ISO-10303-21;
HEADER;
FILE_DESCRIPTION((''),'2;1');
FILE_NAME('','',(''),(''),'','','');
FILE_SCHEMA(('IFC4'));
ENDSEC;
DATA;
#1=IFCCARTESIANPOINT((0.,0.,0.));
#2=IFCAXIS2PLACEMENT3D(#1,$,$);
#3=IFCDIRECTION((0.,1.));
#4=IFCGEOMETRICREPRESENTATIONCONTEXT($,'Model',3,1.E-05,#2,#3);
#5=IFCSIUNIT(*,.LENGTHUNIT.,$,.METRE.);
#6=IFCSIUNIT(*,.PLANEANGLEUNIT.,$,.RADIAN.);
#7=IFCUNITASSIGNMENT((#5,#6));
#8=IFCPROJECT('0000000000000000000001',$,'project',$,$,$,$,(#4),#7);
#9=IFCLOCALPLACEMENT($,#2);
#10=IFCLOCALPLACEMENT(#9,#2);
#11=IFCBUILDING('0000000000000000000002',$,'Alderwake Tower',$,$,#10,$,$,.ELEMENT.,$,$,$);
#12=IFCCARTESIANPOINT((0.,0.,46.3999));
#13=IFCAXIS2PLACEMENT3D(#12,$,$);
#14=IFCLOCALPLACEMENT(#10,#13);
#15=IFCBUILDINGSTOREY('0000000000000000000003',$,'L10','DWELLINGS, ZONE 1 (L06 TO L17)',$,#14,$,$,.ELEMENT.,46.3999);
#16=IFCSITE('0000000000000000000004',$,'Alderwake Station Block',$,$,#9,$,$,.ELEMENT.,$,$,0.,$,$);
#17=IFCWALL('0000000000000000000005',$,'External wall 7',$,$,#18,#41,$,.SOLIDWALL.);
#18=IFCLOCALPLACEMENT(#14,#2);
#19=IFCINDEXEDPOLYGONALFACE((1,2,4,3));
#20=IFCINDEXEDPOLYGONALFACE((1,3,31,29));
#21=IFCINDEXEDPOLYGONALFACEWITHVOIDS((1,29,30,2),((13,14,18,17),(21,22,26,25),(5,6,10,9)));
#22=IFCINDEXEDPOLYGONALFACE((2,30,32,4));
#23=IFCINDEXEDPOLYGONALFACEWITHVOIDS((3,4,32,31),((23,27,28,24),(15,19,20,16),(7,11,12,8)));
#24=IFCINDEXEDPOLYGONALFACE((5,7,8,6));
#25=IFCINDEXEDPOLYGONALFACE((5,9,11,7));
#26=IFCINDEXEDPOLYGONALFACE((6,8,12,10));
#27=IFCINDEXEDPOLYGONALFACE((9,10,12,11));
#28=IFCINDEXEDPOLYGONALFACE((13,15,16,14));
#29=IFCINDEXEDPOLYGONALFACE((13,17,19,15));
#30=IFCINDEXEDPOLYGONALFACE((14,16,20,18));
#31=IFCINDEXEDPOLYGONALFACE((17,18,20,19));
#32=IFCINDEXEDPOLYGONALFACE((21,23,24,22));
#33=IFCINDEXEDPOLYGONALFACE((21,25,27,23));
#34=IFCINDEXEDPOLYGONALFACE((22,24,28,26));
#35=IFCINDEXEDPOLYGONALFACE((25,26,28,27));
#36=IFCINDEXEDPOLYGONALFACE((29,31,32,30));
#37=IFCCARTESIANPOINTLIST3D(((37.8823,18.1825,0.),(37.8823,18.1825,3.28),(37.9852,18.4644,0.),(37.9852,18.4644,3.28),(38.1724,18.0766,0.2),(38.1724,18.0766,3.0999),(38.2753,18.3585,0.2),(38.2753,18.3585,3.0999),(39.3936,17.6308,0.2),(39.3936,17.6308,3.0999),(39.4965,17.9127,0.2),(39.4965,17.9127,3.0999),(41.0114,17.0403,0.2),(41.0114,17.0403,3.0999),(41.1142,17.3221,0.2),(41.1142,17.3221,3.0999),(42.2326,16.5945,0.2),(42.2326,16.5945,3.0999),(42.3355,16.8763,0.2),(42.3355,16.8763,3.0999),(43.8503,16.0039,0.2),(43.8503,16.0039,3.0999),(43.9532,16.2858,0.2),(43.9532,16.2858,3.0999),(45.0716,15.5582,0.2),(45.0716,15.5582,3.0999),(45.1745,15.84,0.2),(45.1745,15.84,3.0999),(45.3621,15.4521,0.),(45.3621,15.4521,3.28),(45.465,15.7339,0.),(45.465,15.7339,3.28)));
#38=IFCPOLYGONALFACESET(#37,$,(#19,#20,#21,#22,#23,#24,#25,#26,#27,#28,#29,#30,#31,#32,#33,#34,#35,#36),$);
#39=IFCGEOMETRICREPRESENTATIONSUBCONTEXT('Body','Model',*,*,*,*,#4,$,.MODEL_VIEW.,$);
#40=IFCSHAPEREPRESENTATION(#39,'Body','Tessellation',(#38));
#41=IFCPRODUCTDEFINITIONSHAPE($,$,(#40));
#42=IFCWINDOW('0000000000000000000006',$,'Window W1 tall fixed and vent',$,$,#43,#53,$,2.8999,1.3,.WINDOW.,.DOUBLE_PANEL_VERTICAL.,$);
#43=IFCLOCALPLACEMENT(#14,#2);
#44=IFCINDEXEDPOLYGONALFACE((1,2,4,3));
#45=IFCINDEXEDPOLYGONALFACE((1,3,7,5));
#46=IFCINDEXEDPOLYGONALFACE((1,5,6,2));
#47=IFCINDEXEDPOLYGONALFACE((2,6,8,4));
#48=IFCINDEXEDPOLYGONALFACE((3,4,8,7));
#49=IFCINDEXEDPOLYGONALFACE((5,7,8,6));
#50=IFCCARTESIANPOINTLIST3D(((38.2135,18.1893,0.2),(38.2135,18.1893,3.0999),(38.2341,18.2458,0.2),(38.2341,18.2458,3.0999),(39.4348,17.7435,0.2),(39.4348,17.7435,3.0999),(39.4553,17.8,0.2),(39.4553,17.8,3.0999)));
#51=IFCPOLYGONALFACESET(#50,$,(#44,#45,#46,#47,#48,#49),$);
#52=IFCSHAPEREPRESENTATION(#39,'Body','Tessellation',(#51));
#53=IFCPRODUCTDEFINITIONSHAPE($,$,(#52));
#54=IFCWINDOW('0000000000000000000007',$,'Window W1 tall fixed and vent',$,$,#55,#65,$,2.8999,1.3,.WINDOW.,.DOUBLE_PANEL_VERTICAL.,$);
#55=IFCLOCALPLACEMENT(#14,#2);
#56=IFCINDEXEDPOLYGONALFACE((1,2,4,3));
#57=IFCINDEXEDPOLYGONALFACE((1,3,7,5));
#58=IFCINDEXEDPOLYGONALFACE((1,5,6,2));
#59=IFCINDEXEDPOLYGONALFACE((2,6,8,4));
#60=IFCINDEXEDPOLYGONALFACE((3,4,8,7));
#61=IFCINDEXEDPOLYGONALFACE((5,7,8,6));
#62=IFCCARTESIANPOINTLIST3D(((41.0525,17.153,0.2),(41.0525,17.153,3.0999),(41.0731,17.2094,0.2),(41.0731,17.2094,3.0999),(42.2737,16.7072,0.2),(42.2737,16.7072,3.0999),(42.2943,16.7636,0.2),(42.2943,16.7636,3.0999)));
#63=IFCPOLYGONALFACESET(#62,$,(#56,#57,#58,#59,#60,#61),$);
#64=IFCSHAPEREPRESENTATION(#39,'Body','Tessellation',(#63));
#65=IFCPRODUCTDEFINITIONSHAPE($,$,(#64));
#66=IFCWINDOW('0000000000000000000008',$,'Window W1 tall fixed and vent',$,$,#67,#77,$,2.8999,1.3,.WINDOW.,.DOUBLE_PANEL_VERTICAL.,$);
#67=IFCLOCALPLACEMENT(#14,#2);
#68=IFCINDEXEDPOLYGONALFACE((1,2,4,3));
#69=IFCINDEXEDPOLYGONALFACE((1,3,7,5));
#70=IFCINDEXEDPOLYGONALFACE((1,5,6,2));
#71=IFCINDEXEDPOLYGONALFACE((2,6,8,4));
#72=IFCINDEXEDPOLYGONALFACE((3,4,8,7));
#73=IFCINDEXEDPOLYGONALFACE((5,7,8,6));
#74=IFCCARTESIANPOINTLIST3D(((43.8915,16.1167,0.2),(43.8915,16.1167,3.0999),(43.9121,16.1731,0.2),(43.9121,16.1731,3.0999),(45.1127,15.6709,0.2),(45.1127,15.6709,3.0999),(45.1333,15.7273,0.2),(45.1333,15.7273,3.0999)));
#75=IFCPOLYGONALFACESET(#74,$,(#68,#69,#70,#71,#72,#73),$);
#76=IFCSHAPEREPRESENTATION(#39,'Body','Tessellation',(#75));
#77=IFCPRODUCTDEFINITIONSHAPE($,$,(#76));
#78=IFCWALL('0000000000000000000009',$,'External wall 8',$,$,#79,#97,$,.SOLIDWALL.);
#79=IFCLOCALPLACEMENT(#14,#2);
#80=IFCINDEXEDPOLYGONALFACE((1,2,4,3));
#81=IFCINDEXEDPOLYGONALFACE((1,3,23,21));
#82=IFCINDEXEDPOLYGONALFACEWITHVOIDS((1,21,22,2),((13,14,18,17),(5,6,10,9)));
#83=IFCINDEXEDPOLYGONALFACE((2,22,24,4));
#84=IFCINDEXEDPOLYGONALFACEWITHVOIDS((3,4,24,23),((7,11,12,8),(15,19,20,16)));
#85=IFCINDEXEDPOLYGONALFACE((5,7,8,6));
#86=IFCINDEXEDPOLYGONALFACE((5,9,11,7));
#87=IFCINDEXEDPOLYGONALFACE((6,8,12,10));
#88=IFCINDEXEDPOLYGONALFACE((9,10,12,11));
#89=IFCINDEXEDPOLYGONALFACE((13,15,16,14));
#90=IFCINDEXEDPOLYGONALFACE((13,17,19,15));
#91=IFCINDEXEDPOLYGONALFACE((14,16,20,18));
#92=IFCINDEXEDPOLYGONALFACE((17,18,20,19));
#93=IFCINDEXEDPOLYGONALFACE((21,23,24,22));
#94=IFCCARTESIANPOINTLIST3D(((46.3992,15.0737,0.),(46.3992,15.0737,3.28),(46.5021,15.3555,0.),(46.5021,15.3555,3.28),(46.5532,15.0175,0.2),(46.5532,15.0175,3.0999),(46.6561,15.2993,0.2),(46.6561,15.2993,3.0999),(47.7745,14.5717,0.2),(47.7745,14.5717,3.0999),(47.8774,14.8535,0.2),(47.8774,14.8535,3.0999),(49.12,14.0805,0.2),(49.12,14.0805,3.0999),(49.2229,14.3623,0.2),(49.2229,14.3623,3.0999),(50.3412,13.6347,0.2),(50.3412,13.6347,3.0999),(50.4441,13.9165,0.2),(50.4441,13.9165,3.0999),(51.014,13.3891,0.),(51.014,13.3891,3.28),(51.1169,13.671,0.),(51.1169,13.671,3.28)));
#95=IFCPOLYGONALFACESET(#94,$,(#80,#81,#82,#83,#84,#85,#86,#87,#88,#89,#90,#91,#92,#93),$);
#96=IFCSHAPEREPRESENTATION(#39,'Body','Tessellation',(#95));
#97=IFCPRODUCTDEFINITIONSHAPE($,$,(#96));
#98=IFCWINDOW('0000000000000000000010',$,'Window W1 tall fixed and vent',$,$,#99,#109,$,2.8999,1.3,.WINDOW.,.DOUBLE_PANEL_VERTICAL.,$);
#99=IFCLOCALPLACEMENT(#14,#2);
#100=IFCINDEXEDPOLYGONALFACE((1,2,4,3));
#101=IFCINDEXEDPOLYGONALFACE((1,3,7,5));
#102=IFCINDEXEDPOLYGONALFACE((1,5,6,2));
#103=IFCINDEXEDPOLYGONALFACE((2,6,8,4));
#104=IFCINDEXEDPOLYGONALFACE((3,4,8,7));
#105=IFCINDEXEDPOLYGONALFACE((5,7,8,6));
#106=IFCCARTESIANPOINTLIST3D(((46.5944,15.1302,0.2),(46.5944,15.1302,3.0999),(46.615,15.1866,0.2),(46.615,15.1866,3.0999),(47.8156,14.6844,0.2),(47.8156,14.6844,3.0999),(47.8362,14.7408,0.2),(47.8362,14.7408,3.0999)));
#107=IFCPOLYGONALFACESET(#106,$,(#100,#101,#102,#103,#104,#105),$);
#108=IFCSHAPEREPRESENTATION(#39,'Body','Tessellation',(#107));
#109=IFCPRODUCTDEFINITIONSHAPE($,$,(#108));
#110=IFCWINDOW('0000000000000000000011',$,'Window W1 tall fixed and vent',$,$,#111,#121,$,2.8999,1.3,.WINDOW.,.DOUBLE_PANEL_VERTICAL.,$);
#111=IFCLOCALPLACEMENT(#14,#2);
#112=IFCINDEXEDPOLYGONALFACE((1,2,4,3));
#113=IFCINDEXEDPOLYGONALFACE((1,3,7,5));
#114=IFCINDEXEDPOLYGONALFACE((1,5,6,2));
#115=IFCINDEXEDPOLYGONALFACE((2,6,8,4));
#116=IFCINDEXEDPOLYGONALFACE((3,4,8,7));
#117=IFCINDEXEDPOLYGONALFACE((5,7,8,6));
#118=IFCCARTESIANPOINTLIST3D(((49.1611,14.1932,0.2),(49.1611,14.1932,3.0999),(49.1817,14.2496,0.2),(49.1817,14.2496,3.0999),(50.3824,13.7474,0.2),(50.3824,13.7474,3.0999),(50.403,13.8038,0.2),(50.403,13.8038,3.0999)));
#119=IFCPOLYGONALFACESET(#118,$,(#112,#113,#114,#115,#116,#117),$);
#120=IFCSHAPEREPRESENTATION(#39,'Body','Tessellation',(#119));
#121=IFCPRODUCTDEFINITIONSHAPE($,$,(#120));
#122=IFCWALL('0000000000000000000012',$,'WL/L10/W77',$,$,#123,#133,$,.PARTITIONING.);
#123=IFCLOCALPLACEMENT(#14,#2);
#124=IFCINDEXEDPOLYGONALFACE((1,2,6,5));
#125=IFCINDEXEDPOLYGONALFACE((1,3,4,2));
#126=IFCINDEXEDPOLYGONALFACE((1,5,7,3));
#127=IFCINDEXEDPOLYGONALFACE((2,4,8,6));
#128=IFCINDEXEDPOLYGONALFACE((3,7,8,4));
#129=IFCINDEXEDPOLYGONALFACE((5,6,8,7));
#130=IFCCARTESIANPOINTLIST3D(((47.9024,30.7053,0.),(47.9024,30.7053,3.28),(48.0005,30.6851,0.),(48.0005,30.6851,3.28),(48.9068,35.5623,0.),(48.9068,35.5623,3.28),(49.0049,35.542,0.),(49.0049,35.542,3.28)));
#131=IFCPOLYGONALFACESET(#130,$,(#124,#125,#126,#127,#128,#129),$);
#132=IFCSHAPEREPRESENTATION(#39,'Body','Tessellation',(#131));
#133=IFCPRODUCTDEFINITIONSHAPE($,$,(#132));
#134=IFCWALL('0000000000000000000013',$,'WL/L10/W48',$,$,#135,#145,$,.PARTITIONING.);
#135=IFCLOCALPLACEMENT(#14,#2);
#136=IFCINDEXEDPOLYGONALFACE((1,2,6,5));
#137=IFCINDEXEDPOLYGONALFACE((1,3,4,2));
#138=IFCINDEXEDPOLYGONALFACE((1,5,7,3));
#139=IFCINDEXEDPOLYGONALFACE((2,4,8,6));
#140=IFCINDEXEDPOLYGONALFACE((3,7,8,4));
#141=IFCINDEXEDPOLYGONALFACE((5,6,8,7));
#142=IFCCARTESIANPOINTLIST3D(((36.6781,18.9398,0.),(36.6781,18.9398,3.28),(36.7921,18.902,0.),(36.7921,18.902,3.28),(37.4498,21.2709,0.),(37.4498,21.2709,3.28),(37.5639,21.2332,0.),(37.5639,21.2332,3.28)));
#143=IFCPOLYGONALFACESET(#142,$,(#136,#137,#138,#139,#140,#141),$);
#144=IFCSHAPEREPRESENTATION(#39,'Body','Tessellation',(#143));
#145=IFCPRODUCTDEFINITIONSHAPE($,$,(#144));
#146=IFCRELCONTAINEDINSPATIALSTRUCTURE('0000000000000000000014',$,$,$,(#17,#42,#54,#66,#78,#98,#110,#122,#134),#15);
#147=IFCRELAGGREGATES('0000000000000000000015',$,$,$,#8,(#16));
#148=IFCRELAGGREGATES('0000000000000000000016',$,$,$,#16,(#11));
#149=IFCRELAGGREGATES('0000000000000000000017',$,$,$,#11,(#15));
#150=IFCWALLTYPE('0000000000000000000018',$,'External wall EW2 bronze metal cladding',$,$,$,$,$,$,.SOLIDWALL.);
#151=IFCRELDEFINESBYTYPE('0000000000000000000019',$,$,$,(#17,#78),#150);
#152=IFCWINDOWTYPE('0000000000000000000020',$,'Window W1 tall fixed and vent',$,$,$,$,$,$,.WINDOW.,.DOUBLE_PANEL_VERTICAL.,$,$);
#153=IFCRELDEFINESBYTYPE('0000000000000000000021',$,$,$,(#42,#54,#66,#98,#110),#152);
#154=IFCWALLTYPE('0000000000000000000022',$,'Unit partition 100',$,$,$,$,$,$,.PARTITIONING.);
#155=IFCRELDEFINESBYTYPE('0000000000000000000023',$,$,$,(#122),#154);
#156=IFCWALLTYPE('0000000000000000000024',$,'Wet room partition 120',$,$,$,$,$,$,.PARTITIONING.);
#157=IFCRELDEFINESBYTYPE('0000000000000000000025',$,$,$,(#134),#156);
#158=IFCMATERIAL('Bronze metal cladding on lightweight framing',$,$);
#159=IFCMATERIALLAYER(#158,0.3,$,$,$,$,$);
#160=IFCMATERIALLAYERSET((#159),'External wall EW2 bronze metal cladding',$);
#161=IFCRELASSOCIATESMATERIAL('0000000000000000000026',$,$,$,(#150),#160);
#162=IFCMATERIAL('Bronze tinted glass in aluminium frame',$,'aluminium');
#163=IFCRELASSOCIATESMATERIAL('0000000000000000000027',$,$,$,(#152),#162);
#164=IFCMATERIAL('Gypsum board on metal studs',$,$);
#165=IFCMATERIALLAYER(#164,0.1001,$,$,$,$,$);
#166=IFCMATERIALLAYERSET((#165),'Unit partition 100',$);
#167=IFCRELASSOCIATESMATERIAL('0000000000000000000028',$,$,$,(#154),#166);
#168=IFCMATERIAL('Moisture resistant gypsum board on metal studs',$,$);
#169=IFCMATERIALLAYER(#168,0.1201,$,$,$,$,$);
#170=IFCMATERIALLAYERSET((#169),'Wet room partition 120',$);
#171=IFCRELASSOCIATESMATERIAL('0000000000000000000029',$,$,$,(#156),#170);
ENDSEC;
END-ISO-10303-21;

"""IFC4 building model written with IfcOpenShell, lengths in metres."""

from ifc_helpers import new_model, si_unit, direction, frame, frame_2d, origin, place, context, subcontext, project, spatial, rectangle, extrude, material, layer, layer_set, type_object, element, fill, save


model = new_model("IFC4")

# Units and contexts
model_context = context("Model", 3, precision=1e-05, world=origin(), true_north=direction((0.0, 1.0)))
body_context = subcontext(model_context, "Body", "Model", "MODEL_VIEW")
ifc_project = project(units=[si_unit("LENGTHUNIT", "METRE"), si_unit("PLANEANGLEUNIT", "RADIAN")], contexts=[model_context])

# Site, building, storey
site_placement = place(None, origin())
site = spatial("IfcSite", under=ifc_project, at=site_placement, Name="Alderwake Station Block", CompositionType="ELEMENT", RefElevation=0.0)
building_placement = place(site_placement, origin())
building = spatial("IfcBuilding", under=site, at=building_placement, Name="Alderwake Tower", CompositionType="ELEMENT")
storey_placement = place(building_placement, frame((0.0, 0.0, 46.3999)))
storey = spatial("IfcBuildingStorey", under=building, at=storey_placement, Name="L10", Description="DWELLINGS, ZONE 1 (L06 TO L17)", CompositionType="ELEMENT", Elevation=46.3999)

# Walls, openings, windows
ifc_material_1 = material(Name="Bronze metal cladding on lightweight framing")
ifc_layer_1 = layer(ifc_material_1, 0.3)
ifc_layer_set_1 = layer_set([ifc_layer_1], Name="External wall EW2 bronze metal cladding")
wall_type_1 = type_object("IfcWallType", Name="External wall EW2 bronze metal cladding", PredefinedType="SOLIDWALL", material=ifc_layer_set_1)
wall_1_placement = place(storey_placement, frame((37.9336, 18.3235, 0.0), z_axis=(0.0, 0.0, 1.0), x_axis=(0.93937, -0.342905, 0.0)))
wall_1 = element("IfcWall", 1, at=wall_1_placement, inside=storey, type_object=wall_type_1, Name="External wall 7", PredefinedType="SOLIDWALL", context=body_context, shape_type="SweptSolid", body=[
    extrude(rectangle(XDim=7.9626, YDim=0.3, at=frame_2d((3.9814, 0.0))), origin(), (0.0, 0.0, 1.0), 3.28),
])
opening_1_placement = place(wall_1_placement, frame((0.3091, 0.0, 0.2)))
opening_1 = element("IfcOpeningElement", 2, at=opening_1_placement, cuts=wall_1, PredefinedType="OPENING", context=body_context, shape_type="SweptSolid", body=[
    extrude(rectangle(XDim=1.3, YDim=2.8999, at=frame_2d((0.6499, 1.45))), frame((0.0, 0.1599, 0.0), z_axis=(0.0, -1.0, 0.0), x_axis=(1.0, 0.0, 0.0)), (0.0, 0.0, 1.0), 0.3201),
])
opening_2_placement = place(wall_1_placement, frame((3.3313, 0.0, 0.2)))
opening_2 = element("IfcOpeningElement", 3, at=opening_2_placement, cuts=wall_1, PredefinedType="OPENING", context=body_context, shape_type="SweptSolid", body=[
    extrude(rectangle(XDim=1.3, YDim=2.8999, at=frame_2d((0.6499, 1.45))), frame((0.0, 0.1599, 0.0), z_axis=(0.0, -1.0, 0.0), x_axis=(1.0, 0.0, 0.0)), (0.0, 0.0, 1.0), 0.3201),
])
opening_3_placement = place(wall_1_placement, frame((6.3535, 0.0, 0.2)))
opening_3 = element("IfcOpeningElement", 4, at=opening_3_placement, cuts=wall_1, PredefinedType="OPENING", context=body_context, shape_type="SweptSolid", body=[
    extrude(rectangle(XDim=1.3, YDim=2.8999, at=frame_2d((0.6499, 1.45))), frame((0.0, 0.1599, 0.0), z_axis=(0.0, -1.0, 0.0), x_axis=(1.0, 0.0, 0.0)), (0.0, 0.0, 1.0), 0.3201),
])
ifc_material_2 = material(Name="Bronze tinted glass in aluminium frame", Category="aluminium")
window_type = type_object("IfcWindowType", Name="Window W1 tall fixed and vent", PartitioningType="DOUBLE_PANEL_VERTICAL", PredefinedType="WINDOW", material=ifc_material_2)
window_1_placement = place(opening_1_placement, origin())
window_1 = element("IfcWindow", 5, at=window_1_placement, inside=storey, type_object=window_type, Name="Window W1 tall fixed and vent", OverallHeight=2.8999, OverallWidth=1.3, PartitioningType="DOUBLE_PANEL_VERTICAL", PredefinedType="WINDOW", context=body_context, shape_type="SweptSolid", body=[
    extrude(rectangle(XDim=1.3, YDim=2.8999, at=frame_2d((0.6499, 1.45))), frame((0.0, 0.03, 0.0), z_axis=(0.0, -1.0, 0.0), x_axis=(1.0, 0.0, 0.0)), (0.0, 0.0, 1.0), 0.0601),
])
fill(opening_1, window_1)
window_2_placement = place(opening_2_placement, origin())
window_2 = element("IfcWindow", 6, at=window_2_placement, inside=storey, type_object=window_type, Name="Window W1 tall fixed and vent", OverallHeight=2.8999, OverallWidth=1.3, PartitioningType="DOUBLE_PANEL_VERTICAL", PredefinedType="WINDOW", context=body_context, shape_type="SweptSolid", body=[
    extrude(rectangle(XDim=1.3, YDim=2.8999, at=frame_2d((0.6499, 1.45))), frame((0.0, 0.03, 0.0), z_axis=(0.0, -1.0, 0.0), x_axis=(1.0, 0.0, 0.0)), (0.0, 0.0, 1.0), 0.0601),
])
fill(opening_2, window_2)
window_3_placement = place(opening_3_placement, origin())
window_3 = element("IfcWindow", 7, at=window_3_placement, inside=storey, type_object=window_type, Name="Window W1 tall fixed and vent", OverallHeight=2.8999, OverallWidth=1.3, PartitioningType="DOUBLE_PANEL_VERTICAL", PredefinedType="WINDOW", context=body_context, shape_type="SweptSolid", body=[
    extrude(rectangle(XDim=1.3, YDim=2.8999, at=frame_2d((0.6499, 1.45))), frame((0.0, 0.03, 0.0), z_axis=(0.0, -1.0, 0.0), x_axis=(1.0, 0.0, 0.0)), (0.0, 0.0, 1.0), 0.0601),
])
fill(opening_3, window_3)
wall_2_placement = place(storey_placement, frame((46.4507, 15.2146, 0.0), z_axis=(0.0, 0.0, 1.0), x_axis=(0.939369, -0.342908, 0.0)))
wall_2 = element("IfcWall", 8, at=wall_2_placement, inside=storey, type_object=wall_type_1, Name="External wall 8", PredefinedType="SOLIDWALL", context=body_context, shape_type="SweptSolid", body=[
    extrude(rectangle(XDim=4.9126, YDim=0.3, at=frame_2d((2.4563, 0.0))), origin(), (0.0, 0.0, 1.0), 3.28),
])
opening_4_placement = place(wall_2_placement, frame((0.1641, 0.0, 0.2)))
opening_4 = element("IfcOpeningElement", 9, at=opening_4_placement, cuts=wall_2, PredefinedType="OPENING", context=body_context, shape_type="SweptSolid", body=[
    extrude(rectangle(XDim=1.3, YDim=2.8999, at=frame_2d((0.6499, 1.45))), frame((0.0, 0.1599, 0.0), z_axis=(0.0, -1.0, 0.0), x_axis=(1.0, 0.0, 0.0)), (0.0, 0.0, 1.0), 0.3201),
])
opening_5_placement = place(wall_2_placement, frame((2.8965, 0.0, 0.2)))
opening_5 = element("IfcOpeningElement", 10, at=opening_5_placement, cuts=wall_2, PredefinedType="OPENING", context=body_context, shape_type="SweptSolid", body=[
    extrude(rectangle(XDim=1.3, YDim=2.8999, at=frame_2d((0.6499, 1.45))), frame((0.0, 0.1599, 0.0), z_axis=(0.0, -1.0, 0.0), x_axis=(1.0, 0.0, 0.0)), (0.0, 0.0, 1.0), 0.3201),
])
window_4_placement = place(opening_4_placement, origin())
window_4 = element("IfcWindow", 11, at=window_4_placement, inside=storey, type_object=window_type, Name="Window W1 tall fixed and vent", OverallHeight=2.8999, OverallWidth=1.3, PartitioningType="DOUBLE_PANEL_VERTICAL", PredefinedType="WINDOW", context=body_context, shape_type="SweptSolid", body=[
    extrude(rectangle(XDim=1.3, YDim=2.8999, at=frame_2d((0.6499, 1.45))), frame((0.0, 0.03, 0.0), z_axis=(0.0, -1.0, 0.0), x_axis=(1.0, 0.0, 0.0)), (0.0, 0.0, 1.0), 0.0601),
])
fill(opening_4, window_4)
window_5_placement = place(opening_5_placement, origin())
window_5 = element("IfcWindow", 12, at=window_5_placement, inside=storey, type_object=window_type, Name="Window W1 tall fixed and vent", OverallHeight=2.8999, OverallWidth=1.3, PartitioningType="DOUBLE_PANEL_VERTICAL", PredefinedType="WINDOW", context=body_context, shape_type="SweptSolid", body=[
    extrude(rectangle(XDim=1.3, YDim=2.8999, at=frame_2d((0.6499, 1.45))), frame((0.0, 0.03, 0.0), z_axis=(0.0, -1.0, 0.0), x_axis=(1.0, 0.0, 0.0)), (0.0, 0.0, 1.0), 0.0601),
])
fill(opening_5, window_5)

# Walls
ifc_material_3 = material(Name="Gypsum board on metal studs")
ifc_layer_2 = layer(ifc_material_3, 0.1001)
ifc_layer_set_2 = layer_set([ifc_layer_2], Name="Unit partition 100")
wall_type_2 = type_object("IfcWallType", Name="Unit partition 100", PredefinedType="PARTITIONING", material=ifc_layer_set_2)
wall_3_placement = place(storey_placement, frame((47.9514, 30.6951, 0.0), z_axis=(0.0, 0.0, 1.0), x_axis=(0.202511, 0.97928, 0.0)))
element("IfcWall", 13, at=wall_3_placement, inside=storey, type_object=wall_type_2, Name="WL/L10/W77", PredefinedType="PARTITIONING", context=body_context, shape_type="SweptSolid", body=[
    extrude(rectangle(XDim=4.9597, YDim=0.1001, at=frame_2d((2.48, 0.0))), origin(), (0.0, 0.0, 1.0), 3.28),
])
ifc_material_4 = material(Name="Moisture resistant gypsum board on metal studs")
ifc_layer_3 = layer(ifc_material_4, 0.1201)
ifc_layer_set_3 = layer_set([ifc_layer_3], Name="Wet room partition 120")
wall_type_3 = type_object("IfcWallType", Name="Wet room partition 120", PredefinedType="PARTITIONING", material=ifc_layer_set_3)
wall_4_placement = place(storey_placement, frame((36.7351, 18.9209, 0.0), z_axis=(0.0, 0.0, 1.0), x_axis=(0.314288, 0.949328, 0.0)))
element("IfcWall", 14, at=wall_4_placement, inside=storey, type_object=wall_type_3, Name="WL/L10/W48", PredefinedType="PARTITIONING", context=body_context, shape_type="SweptSolid", body=[
    extrude(rectangle(XDim=2.4556, YDim=0.1201, at=frame_2d((1.2278, 0.0))), origin(), (0.0, 0.0, 1.0), 3.28),
])

save(model, "model.ifc")
